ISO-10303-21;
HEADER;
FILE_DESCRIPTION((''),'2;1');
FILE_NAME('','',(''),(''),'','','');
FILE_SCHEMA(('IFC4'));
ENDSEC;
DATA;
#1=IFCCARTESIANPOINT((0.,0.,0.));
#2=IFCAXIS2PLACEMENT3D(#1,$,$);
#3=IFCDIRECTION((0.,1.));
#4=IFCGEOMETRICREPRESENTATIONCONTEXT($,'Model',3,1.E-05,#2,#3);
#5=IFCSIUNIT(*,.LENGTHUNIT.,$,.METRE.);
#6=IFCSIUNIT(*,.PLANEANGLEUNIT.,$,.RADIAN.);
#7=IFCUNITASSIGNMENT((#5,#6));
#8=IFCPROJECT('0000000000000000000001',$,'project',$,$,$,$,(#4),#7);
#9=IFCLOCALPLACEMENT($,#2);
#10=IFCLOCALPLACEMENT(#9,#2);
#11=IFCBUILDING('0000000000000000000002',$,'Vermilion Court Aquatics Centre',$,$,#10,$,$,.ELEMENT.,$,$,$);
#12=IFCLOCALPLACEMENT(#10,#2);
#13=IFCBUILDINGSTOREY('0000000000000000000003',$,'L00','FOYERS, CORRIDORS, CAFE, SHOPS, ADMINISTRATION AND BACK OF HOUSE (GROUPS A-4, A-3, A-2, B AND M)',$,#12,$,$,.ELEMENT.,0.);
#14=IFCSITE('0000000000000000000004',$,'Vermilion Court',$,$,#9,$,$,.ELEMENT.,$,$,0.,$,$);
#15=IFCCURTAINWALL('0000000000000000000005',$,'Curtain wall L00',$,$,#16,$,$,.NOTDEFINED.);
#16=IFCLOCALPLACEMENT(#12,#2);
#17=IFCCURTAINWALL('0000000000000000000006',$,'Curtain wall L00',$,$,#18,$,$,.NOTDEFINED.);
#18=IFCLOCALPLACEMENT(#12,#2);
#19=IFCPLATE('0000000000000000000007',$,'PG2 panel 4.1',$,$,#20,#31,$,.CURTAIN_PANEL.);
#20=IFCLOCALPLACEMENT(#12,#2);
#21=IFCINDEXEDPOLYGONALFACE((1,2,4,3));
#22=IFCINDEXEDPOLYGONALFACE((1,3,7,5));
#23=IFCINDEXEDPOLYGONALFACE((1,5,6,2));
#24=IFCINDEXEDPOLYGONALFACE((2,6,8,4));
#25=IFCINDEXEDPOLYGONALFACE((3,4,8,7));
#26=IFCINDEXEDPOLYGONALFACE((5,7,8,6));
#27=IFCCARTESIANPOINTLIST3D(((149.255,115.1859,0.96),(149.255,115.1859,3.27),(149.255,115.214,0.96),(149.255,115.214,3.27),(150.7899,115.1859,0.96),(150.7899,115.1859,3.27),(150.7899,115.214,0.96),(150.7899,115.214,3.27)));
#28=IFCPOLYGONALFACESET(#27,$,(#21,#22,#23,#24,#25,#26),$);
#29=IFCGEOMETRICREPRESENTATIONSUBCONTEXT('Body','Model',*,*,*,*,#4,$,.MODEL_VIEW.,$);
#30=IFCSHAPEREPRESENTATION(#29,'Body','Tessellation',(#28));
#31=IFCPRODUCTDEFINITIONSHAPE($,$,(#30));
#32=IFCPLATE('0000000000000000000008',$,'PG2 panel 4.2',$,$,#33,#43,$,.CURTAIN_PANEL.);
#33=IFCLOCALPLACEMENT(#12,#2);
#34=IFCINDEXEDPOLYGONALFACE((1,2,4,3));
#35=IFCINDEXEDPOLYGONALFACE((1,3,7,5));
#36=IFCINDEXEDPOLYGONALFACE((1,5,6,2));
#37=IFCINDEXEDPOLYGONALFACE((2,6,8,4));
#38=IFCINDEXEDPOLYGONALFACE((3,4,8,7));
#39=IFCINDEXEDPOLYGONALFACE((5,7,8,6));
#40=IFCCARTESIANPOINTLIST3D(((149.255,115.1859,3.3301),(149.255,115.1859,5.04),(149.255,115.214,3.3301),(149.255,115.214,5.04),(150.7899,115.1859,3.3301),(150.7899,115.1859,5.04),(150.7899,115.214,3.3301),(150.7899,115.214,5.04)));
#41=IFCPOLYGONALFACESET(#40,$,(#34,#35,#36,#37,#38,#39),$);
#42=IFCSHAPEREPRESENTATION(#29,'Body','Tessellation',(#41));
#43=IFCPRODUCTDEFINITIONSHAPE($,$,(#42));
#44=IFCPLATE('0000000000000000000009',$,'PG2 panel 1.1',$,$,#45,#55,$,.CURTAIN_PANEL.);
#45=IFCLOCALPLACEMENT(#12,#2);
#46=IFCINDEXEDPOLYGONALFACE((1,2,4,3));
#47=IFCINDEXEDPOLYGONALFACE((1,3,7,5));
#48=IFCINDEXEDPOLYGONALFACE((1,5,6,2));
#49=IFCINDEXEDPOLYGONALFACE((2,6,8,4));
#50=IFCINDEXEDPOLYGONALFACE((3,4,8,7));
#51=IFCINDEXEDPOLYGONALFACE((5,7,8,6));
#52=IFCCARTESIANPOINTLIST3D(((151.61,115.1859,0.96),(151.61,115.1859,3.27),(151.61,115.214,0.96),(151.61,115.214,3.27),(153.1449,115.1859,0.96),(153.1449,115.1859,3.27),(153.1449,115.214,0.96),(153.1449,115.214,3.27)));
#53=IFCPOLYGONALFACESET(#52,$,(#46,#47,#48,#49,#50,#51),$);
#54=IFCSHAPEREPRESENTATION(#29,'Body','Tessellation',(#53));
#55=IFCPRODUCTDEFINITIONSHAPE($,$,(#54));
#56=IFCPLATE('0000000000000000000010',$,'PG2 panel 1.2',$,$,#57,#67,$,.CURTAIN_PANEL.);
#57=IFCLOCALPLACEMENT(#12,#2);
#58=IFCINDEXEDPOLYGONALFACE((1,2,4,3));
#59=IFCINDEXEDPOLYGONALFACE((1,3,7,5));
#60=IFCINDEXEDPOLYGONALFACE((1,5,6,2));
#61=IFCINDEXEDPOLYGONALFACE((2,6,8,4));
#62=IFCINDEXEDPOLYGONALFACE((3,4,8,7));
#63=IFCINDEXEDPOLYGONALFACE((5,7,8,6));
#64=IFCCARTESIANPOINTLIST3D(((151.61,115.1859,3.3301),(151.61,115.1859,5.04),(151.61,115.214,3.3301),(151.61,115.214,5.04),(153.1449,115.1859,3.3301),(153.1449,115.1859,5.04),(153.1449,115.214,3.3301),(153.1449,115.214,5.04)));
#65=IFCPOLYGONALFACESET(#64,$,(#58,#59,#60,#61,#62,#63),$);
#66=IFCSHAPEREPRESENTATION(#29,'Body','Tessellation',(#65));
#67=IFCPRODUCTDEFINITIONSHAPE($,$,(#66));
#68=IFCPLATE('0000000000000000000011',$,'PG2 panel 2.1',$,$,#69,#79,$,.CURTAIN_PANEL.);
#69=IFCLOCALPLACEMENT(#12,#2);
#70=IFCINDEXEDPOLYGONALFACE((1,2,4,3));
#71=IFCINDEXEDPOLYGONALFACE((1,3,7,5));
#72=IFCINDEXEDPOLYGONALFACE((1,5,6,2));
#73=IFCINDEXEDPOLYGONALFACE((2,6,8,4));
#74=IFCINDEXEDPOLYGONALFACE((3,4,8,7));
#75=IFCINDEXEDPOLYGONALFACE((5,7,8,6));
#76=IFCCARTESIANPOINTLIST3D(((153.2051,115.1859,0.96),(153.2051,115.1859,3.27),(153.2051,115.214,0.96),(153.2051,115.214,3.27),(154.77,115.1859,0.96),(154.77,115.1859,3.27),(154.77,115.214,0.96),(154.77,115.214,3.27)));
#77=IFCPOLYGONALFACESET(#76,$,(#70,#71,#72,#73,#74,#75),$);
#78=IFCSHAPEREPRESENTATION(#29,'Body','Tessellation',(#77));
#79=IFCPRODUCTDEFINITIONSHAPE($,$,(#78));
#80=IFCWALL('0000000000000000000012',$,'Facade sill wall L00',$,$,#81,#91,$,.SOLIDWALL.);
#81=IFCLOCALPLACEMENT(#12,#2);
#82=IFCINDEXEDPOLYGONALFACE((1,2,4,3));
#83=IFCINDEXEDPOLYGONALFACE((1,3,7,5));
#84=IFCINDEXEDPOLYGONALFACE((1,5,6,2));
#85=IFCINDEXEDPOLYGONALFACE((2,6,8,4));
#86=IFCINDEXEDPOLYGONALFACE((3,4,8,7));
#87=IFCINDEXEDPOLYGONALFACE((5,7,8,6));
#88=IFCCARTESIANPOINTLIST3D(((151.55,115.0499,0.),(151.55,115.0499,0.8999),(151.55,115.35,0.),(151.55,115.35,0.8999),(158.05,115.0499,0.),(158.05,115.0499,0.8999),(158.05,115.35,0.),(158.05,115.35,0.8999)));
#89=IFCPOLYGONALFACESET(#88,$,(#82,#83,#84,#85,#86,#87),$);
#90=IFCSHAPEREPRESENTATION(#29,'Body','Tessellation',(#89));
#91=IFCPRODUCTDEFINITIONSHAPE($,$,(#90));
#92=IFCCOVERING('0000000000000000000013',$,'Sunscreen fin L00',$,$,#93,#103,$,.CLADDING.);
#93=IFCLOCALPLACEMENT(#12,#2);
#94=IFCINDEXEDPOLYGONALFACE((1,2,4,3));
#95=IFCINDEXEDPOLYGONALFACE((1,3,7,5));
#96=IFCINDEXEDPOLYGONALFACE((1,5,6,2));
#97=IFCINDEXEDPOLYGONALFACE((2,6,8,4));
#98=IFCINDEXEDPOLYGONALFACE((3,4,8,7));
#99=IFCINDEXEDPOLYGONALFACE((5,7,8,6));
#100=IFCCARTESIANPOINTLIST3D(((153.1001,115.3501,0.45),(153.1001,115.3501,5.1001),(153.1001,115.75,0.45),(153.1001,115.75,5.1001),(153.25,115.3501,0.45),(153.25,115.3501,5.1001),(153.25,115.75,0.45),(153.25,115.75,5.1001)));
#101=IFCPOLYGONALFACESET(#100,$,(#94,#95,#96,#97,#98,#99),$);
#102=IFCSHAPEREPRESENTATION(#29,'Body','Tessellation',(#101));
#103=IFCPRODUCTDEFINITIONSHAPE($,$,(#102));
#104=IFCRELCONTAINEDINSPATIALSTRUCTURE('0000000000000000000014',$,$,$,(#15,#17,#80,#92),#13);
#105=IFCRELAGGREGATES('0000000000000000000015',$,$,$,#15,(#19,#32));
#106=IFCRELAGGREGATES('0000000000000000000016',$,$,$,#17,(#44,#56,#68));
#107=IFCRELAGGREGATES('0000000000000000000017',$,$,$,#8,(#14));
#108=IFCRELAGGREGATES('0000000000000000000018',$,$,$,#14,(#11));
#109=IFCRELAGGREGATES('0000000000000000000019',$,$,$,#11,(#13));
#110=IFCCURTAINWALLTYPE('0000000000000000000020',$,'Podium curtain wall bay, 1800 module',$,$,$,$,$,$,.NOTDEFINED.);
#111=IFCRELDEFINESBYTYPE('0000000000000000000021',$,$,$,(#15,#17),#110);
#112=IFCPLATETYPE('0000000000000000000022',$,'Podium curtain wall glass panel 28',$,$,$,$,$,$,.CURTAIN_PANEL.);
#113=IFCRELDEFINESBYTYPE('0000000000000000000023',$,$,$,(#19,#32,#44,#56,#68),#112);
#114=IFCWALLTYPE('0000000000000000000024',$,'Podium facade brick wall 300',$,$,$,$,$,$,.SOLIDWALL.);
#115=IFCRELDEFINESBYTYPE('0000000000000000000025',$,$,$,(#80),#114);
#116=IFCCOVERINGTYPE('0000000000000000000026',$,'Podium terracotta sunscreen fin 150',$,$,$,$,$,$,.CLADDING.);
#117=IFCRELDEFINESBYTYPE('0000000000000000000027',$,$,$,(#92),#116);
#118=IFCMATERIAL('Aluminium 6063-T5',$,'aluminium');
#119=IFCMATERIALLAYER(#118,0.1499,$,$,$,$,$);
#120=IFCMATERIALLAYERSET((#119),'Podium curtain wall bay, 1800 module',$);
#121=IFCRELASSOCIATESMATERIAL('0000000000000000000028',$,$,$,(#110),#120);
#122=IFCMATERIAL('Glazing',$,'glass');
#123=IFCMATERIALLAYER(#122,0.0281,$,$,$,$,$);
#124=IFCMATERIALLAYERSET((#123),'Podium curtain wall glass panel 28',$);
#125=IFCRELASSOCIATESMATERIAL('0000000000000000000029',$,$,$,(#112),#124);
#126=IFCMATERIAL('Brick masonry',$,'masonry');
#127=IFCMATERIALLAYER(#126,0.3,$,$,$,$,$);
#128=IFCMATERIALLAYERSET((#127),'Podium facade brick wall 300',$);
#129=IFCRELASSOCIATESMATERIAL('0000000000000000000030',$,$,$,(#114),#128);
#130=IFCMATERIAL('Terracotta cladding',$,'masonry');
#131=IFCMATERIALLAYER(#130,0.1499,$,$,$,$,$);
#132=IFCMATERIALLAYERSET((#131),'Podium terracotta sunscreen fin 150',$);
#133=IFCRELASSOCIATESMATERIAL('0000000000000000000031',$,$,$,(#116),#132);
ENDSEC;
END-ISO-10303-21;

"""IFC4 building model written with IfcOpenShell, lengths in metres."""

from ifc_helpers import new_model, si_unit, direction, frame, frame_2d, origin, origin_2d, place, context, subcontext, project, spatial, rectangle, extrude, material, layer, layer_set, type_object, element, aggregate, save


model = new_model("IFC4")

# Units and contexts
model_context = context("Model", 3, precision=1e-05, world=origin(), true_north=direction((0.0, 1.0)))
body_context = subcontext(model_context, "Body", "Model", "MODEL_VIEW")
ifc_project = project(units=[si_unit("LENGTHUNIT", "METRE"), si_unit("PLANEANGLEUNIT", "RADIAN")], contexts=[model_context])

# Site, building, storey
site_placement = place(None, origin())
site = spatial("IfcSite", under=ifc_project, at=site_placement, Name="Vermilion Court", CompositionType="ELEMENT", RefElevation=0.0)
building_placement = place(site_placement, origin())
building = spatial("IfcBuilding", under=site, at=building_placement, Name="Vermilion Court Aquatics Centre", CompositionType="ELEMENT")
storey_placement = place(building_placement, origin())
storey = spatial("IfcBuildingStorey", under=building, at=storey_placement, Name="L00", Description="FOYERS, CORRIDORS, CAFE, SHOPS, ADMINISTRATION AND BACK OF HOUSE (GROUPS A-4, A-3, A-2, B AND M)", CompositionType="ELEMENT", Elevation=0.0)

# Curtain wall
ifc_material_1 = material(Name="Aluminium 6063-T5", Category="aluminium")
ifc_layer_1 = layer(ifc_material_1, 0.1499)
ifc_layer_set_1 = layer_set([ifc_layer_1], Name="Podium curtain wall bay, 1800 module")
curtain_wall_type = type_object("IfcCurtainWallType", Name="Podium curtain wall bay, 1800 module", PredefinedType="NOTDEFINED", material=ifc_layer_set_1)
curtain_wall_1_placement = place(storey_placement, origin())
curtain_wall_1 = element("IfcCurtainWall", 1, at=curtain_wall_1_placement, inside=storey, type_object=curtain_wall_type, Name="Curtain wall L00", PredefinedType="NOTDEFINED")

# Curtain wall
curtain_wall_2_placement = place(storey_placement, origin())
curtain_wall_2 = element("IfcCurtainWall", 2, at=curtain_wall_2_placement, inside=storey, type_object=curtain_wall_type, Name="Curtain wall L00", PredefinedType="NOTDEFINED")

# Plates
ifc_material_2 = material(Name="Glazing", Category="glass")
ifc_layer_2 = layer(ifc_material_2, 0.0281)
ifc_layer_set_2 = layer_set([ifc_layer_2], Name="Podium curtain wall glass panel 28")
plate_type = type_object("IfcPlateType", Name="Podium curtain wall glass panel 28", PredefinedType="CURTAIN_PANEL", material=ifc_layer_set_2)
plate_1_placement = place(storey_placement, frame((150.0225, 115.2, 0.96), z_axis=(0.0, 0.0, 1.0), x_axis=(1.0, 0.0, 0.0)))
plate_1 = element("IfcPlate", 3, at=plate_1_placement, type_object=plate_type, Name="PG2 panel 4.1", PredefinedType="CURTAIN_PANEL", context=body_context, shape_type="SweptSolid", body=[
    extrude(rectangle(XDim=1.5349, YDim=0.0281, at=origin_2d()), origin(), (0.0, 0.0, 1.0), 2.3101),
])
plate_2_placement = place(storey_placement, frame((150.0225, 115.2, 3.3301), z_axis=(0.0, 0.0, 1.0), x_axis=(1.0, 0.0, 0.0)))
plate_2 = element("IfcPlate", 4, at=plate_2_placement, type_object=plate_type, Name="PG2 panel 4.2", PredefinedType="CURTAIN_PANEL", context=body_context, shape_type="SweptSolid", body=[
    extrude(rectangle(XDim=1.5349, YDim=0.0281, at=origin_2d()), origin(), (0.0, 0.0, 1.0), 1.71),
])
aggregate(curtain_wall_1, [plate_1, plate_2])
plate_3_placement = place(storey_placement, frame((152.3774, 115.2, 0.96), z_axis=(0.0, 0.0, 1.0), x_axis=(1.0, 0.0, 0.0)))
plate_3 = element("IfcPlate", 5, at=plate_3_placement, type_object=plate_type, Name="PG2 panel 1.1", PredefinedType="CURTAIN_PANEL", context=body_context, shape_type="SweptSolid", body=[
    extrude(rectangle(XDim=1.5349, YDim=0.0281, at=origin_2d()), origin(), (0.0, 0.0, 1.0), 2.3101),
])
plate_4_placement = place(storey_placement, frame((152.3774, 115.2, 3.3301), z_axis=(0.0, 0.0, 1.0), x_axis=(1.0, 0.0, 0.0)))
plate_4 = element("IfcPlate", 6, at=plate_4_placement, type_object=plate_type, Name="PG2 panel 1.2", PredefinedType="CURTAIN_PANEL", context=body_context, shape_type="SweptSolid", body=[
    extrude(rectangle(XDim=1.5349, YDim=0.0281, at=origin_2d()), origin(), (0.0, 0.0, 1.0), 1.71),
])
plate_5_placement = place(storey_placement, frame((153.9875, 115.2, 0.96), z_axis=(0.0, 0.0, 1.0), x_axis=(1.0, 0.0, 0.0)))
plate_5 = element("IfcPlate", 7, at=plate_5_placement, type_object=plate_type, Name="PG2 panel 2.1", PredefinedType="CURTAIN_PANEL", context=body_context, shape_type="SweptSolid", body=[
    extrude(rectangle(XDim=1.5649, YDim=0.0281, at=origin_2d()), origin(), (0.0, 0.0, 1.0), 2.3101),
])
aggregate(curtain_wall_2, [plate_3, plate_4, plate_5])

# Wall
ifc_material_3 = material(Name="Brick masonry", Category="masonry")
ifc_layer_3 = layer(ifc_material_3, 0.3)
ifc_layer_set_3 = layer_set([ifc_layer_3], Name="Podium facade brick wall 300")
wall_type = type_object("IfcWallType", Name="Podium facade brick wall 300", PredefinedType="SOLIDWALL", material=ifc_layer_set_3)
wall_placement = place(storey_placement, frame((151.55, 115.2, 0.0), z_axis=(0.0, 0.0, 1.0), x_axis=(1.0, 0.0, 0.0)))
element("IfcWall", 8, at=wall_placement, inside=storey, type_object=wall_type, Name="Facade sill wall L00", PredefinedType="SOLIDWALL", context=body_context, shape_type="SweptSolid", body=[
    extrude(rectangle(XDim=6.5, YDim=0.3, at=frame_2d((3.25, 0.0))), origin(), (0.0, 0.0, 1.0), 0.8999),
])

# Covering
ifc_material_4 = material(Name="Terracotta cladding", Category="masonry")
ifc_layer_4 = layer(ifc_material_4, 0.1499)
ifc_layer_set_4 = layer_set([ifc_layer_4], Name="Podium terracotta sunscreen fin 150")
covering_type = type_object("IfcCoveringType", Name="Podium terracotta sunscreen fin 150", PredefinedType="CLADDING", material=ifc_layer_set_4)
covering_placement = place(storey_placement, frame((153.175, 115.3501, 0.45), z_axis=(0.0, 0.0, 1.0), x_axis=(0.0, 1.0, 0.0)))
element("IfcCovering", 9, at=covering_placement, inside=storey, type_object=covering_type, Name="Sunscreen fin L00", PredefinedType="CLADDING", context=body_context, shape_type="SweptSolid", body=[
    extrude(rectangle(XDim=0.3999, YDim=0.1499, at=frame_2d((0.2, 0.0))), origin(), (0.0, 0.0, 1.0), 4.6501),
])

save(model, "model.ifc")
